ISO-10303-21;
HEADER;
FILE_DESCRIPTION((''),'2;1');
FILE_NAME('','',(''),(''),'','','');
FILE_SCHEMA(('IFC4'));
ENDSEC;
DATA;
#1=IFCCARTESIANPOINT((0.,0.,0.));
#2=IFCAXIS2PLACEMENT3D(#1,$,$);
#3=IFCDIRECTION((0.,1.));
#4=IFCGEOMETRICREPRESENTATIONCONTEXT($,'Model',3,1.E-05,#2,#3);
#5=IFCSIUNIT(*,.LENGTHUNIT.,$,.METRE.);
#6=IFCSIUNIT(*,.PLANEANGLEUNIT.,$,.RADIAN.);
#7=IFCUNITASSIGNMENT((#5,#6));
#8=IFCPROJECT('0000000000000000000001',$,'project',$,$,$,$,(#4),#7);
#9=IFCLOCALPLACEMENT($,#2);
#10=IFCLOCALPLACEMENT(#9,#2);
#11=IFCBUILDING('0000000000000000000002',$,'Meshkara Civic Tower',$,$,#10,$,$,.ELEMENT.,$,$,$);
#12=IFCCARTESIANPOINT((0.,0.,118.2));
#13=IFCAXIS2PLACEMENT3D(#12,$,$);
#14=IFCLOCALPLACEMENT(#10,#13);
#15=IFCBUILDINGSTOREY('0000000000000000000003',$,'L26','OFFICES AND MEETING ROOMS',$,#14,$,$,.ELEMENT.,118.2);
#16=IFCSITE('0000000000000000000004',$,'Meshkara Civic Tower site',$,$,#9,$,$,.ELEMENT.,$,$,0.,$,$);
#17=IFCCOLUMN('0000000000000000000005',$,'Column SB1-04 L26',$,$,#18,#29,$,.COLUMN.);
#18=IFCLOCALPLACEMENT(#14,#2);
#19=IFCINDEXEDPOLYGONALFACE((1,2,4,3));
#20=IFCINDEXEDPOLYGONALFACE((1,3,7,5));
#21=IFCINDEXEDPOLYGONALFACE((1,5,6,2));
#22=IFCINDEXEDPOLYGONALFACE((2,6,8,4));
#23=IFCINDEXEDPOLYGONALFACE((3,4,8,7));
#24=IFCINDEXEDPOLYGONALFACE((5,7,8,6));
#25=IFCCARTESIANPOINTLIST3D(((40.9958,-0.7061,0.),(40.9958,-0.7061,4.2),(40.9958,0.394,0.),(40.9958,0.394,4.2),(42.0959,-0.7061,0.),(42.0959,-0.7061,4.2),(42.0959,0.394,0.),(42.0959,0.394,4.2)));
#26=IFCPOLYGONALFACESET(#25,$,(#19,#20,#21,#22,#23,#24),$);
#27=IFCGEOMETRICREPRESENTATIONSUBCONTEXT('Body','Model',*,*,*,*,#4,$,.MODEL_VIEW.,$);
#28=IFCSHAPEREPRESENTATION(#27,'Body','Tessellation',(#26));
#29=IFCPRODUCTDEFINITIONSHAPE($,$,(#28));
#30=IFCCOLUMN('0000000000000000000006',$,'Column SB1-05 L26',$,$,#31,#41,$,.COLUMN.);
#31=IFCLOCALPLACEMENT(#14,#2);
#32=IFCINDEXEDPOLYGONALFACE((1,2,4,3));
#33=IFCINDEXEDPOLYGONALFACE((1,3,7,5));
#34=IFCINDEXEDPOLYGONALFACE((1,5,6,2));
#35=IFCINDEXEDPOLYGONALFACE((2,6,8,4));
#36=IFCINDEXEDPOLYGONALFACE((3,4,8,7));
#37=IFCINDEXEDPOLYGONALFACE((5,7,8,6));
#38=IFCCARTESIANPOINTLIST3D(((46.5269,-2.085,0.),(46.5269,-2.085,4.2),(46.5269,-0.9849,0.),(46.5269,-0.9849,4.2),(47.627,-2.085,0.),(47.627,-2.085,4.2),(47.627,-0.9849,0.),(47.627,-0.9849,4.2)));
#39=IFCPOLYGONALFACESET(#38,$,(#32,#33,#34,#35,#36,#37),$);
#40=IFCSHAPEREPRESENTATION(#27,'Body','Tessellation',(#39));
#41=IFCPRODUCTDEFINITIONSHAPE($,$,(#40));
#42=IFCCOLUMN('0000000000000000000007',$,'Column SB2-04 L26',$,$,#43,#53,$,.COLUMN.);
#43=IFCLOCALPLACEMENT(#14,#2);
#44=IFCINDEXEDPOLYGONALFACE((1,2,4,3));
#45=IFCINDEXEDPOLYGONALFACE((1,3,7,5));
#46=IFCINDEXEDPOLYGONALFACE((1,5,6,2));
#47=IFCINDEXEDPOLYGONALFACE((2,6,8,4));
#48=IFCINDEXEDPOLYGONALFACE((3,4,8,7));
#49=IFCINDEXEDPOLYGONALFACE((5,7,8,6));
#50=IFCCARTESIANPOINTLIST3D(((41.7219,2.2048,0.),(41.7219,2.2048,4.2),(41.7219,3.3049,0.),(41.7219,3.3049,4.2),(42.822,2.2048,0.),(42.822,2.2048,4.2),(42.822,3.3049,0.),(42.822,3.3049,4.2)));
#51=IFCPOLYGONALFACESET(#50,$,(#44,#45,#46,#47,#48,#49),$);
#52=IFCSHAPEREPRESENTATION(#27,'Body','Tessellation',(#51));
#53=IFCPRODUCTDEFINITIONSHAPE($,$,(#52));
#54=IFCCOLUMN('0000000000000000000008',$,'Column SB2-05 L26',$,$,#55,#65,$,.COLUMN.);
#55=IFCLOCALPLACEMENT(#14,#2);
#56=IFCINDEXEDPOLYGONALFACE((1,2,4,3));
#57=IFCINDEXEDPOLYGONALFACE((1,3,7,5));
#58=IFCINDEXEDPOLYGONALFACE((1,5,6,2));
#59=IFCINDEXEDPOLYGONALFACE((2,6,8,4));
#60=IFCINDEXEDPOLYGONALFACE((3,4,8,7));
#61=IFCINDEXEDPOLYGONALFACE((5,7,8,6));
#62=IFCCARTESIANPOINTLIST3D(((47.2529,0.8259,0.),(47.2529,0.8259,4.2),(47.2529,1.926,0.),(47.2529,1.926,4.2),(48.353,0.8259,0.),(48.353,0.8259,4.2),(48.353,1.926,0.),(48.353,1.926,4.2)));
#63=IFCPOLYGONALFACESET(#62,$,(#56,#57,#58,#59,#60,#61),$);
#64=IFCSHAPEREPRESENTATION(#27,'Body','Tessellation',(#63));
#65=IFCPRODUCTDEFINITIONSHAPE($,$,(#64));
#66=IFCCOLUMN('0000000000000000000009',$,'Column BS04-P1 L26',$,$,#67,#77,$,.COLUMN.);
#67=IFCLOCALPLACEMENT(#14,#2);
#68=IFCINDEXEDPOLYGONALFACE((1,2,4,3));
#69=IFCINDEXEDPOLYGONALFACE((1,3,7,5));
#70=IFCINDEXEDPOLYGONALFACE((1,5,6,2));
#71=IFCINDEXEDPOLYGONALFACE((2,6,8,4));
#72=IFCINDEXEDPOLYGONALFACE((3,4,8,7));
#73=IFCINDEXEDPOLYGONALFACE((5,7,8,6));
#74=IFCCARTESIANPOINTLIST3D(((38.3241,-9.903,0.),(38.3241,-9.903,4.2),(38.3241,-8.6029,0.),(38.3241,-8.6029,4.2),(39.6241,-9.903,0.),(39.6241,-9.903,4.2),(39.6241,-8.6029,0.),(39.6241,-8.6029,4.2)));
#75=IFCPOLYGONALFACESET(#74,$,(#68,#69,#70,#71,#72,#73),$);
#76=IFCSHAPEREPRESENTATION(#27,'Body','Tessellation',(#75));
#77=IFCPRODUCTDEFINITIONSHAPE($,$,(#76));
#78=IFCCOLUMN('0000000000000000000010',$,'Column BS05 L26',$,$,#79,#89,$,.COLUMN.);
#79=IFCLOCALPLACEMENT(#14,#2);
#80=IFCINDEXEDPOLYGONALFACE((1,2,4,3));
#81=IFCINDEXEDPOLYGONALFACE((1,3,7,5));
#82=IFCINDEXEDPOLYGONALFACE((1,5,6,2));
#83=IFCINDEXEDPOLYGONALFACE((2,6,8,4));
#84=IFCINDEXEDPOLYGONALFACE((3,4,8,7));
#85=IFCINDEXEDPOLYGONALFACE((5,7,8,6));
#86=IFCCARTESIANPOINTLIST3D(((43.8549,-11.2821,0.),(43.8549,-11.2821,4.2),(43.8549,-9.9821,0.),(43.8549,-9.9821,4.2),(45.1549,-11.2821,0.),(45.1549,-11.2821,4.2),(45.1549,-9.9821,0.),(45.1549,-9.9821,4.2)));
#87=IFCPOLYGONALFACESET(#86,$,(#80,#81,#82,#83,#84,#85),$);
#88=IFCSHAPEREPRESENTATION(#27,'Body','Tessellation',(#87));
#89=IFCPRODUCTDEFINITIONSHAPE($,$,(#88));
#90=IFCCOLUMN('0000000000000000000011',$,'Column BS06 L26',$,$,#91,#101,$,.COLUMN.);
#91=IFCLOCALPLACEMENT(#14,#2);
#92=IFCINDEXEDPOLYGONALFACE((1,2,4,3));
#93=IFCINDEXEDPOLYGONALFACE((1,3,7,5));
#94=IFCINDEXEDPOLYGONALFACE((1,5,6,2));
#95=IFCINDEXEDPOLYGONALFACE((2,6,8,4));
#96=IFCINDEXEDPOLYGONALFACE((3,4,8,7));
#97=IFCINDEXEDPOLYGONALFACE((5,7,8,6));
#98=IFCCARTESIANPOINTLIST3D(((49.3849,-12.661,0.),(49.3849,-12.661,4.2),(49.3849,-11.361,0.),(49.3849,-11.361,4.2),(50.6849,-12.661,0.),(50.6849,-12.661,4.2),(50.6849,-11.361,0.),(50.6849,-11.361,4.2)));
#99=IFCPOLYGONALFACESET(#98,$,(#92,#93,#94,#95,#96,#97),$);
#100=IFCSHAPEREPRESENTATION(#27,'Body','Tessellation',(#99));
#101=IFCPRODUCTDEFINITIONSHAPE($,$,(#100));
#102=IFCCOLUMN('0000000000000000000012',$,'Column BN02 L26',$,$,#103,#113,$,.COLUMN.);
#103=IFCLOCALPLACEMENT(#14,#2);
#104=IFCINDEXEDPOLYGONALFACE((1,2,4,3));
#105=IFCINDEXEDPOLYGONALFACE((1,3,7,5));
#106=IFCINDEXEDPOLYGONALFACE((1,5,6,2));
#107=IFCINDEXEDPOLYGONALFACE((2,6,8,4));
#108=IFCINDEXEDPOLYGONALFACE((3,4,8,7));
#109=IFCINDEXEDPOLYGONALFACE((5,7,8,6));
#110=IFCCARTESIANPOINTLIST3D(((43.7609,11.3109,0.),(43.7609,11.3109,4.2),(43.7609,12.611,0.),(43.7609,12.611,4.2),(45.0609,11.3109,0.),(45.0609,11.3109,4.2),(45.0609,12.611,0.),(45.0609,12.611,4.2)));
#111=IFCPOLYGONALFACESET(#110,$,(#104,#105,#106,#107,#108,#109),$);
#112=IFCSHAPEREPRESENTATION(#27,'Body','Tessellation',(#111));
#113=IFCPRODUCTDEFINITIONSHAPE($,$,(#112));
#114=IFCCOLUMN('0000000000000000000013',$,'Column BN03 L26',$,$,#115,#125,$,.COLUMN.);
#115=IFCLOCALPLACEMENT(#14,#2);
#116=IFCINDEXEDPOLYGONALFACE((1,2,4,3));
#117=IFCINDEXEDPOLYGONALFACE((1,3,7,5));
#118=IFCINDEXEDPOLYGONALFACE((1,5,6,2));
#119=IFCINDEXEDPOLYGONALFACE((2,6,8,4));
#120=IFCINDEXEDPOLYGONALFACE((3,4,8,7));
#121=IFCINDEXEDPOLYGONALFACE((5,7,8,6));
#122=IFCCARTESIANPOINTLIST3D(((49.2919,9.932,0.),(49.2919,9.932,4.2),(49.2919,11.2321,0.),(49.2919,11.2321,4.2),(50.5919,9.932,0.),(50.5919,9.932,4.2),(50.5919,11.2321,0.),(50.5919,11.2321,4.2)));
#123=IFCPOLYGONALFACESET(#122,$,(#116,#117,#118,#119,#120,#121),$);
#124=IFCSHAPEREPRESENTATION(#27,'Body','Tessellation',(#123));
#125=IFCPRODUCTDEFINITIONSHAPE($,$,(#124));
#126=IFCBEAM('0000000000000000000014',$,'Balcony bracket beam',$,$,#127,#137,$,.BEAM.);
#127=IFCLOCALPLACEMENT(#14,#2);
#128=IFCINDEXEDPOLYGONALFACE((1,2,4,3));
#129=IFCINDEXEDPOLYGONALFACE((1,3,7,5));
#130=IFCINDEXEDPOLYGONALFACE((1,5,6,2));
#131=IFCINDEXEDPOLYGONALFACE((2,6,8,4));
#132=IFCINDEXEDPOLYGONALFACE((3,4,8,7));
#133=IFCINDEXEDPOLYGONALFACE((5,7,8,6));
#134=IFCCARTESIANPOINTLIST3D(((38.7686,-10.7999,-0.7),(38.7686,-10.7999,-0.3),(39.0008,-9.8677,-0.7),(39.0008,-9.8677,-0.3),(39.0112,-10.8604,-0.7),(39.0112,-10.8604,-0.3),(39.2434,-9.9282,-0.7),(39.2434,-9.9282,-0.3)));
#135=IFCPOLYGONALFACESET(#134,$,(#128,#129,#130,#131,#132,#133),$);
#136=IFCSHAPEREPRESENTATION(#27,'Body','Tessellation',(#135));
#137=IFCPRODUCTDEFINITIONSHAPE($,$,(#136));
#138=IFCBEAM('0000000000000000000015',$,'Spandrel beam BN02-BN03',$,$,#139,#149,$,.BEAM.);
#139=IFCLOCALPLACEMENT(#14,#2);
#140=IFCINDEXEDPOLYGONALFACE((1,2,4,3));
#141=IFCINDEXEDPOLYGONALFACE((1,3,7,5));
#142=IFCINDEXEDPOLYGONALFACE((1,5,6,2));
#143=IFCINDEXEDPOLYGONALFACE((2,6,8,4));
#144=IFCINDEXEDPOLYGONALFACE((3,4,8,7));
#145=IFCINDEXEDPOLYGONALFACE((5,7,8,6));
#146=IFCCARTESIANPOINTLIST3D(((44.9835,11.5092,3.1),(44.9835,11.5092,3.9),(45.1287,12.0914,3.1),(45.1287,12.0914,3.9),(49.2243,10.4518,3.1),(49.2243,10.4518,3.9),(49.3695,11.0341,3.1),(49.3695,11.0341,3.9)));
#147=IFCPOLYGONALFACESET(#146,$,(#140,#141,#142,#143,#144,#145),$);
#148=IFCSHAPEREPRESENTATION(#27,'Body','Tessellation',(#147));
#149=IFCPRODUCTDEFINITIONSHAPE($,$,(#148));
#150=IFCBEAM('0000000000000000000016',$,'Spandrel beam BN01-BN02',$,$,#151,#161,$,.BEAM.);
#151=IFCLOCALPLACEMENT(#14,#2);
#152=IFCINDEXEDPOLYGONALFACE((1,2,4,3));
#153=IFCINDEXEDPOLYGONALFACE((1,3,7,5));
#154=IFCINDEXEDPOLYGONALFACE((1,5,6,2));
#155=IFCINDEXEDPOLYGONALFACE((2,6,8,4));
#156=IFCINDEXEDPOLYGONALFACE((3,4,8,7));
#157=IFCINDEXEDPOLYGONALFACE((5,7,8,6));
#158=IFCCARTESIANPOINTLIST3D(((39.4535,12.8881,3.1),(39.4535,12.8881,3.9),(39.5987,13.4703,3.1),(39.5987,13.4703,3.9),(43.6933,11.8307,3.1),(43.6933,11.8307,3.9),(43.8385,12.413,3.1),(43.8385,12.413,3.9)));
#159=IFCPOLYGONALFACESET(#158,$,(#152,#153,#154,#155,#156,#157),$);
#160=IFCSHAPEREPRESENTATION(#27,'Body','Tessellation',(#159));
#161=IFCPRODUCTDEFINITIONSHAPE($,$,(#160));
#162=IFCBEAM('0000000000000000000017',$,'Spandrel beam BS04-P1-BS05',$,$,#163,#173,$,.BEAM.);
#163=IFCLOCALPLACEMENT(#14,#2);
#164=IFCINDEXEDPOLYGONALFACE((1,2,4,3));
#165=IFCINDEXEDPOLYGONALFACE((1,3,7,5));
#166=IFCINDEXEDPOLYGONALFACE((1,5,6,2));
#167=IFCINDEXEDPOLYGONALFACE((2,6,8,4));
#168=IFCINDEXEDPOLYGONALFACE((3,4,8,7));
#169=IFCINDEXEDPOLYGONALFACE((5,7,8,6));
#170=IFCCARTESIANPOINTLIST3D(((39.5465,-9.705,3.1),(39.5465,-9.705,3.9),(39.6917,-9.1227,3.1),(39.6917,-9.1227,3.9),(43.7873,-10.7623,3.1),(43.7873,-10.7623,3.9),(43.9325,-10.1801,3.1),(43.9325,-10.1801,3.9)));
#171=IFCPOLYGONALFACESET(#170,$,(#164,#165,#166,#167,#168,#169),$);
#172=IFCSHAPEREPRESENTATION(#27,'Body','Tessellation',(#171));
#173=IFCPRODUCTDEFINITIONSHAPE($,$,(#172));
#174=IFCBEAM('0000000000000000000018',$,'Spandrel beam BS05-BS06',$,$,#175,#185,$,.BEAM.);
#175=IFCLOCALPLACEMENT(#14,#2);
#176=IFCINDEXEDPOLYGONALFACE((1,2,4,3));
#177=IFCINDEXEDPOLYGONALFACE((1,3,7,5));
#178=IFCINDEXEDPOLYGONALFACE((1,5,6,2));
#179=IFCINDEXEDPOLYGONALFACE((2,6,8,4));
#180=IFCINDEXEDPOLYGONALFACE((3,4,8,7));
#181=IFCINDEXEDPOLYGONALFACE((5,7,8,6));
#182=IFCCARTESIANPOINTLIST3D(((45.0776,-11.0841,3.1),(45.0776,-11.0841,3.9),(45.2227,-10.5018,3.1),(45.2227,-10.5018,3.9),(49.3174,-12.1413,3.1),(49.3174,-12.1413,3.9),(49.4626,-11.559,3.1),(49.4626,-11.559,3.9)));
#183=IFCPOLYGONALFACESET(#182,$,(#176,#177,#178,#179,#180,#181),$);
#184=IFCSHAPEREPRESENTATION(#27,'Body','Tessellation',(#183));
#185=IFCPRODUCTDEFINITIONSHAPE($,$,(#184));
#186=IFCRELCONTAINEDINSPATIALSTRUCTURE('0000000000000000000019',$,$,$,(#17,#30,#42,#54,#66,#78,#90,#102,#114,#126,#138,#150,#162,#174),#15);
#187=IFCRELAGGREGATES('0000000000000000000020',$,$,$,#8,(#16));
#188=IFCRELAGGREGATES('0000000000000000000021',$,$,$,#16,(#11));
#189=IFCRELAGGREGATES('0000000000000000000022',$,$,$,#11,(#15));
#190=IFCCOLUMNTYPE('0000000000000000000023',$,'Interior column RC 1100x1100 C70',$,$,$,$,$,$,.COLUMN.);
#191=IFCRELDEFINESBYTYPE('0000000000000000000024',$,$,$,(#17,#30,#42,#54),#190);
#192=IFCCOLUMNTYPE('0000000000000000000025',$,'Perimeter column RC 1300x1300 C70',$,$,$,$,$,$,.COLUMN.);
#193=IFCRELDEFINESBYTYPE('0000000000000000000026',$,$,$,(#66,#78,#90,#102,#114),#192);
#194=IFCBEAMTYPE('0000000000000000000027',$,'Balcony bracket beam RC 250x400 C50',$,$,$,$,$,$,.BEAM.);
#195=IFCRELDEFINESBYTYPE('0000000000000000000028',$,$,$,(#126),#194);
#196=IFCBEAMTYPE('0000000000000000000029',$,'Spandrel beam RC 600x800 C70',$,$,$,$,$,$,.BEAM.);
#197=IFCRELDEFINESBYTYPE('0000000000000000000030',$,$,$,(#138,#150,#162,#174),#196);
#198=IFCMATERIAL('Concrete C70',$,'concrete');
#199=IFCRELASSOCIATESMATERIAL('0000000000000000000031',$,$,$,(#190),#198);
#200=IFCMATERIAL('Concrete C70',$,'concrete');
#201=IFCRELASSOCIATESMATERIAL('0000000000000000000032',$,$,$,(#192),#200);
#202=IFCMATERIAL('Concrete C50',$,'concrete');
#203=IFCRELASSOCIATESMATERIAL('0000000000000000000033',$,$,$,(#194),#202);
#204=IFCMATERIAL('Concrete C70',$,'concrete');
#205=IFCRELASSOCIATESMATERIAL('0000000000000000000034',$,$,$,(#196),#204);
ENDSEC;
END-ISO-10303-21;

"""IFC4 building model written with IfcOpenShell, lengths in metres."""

from ifc_helpers import new_model, si_unit, direction, frame, origin, origin_2d, place, context, subcontext, project, spatial, rectangle, extrude, material, material_profile, profile_set, type_object, element, save


model = new_model("IFC4")

# Units and contexts
model_context = context("Model", 3, precision=1e-05, world=origin(), true_north=direction((0.0, 1.0)))
body_context = subcontext(model_context, "Body", "Model", "MODEL_VIEW")
ifc_project = project(units=[si_unit("LENGTHUNIT", "METRE"), si_unit("PLANEANGLEUNIT", "RADIAN")], contexts=[model_context])

# Site, building, storey
site_placement = place(None, origin())
site = spatial("IfcSite", under=ifc_project, at=site_placement, Name="Meshkara Civic Tower site", CompositionType="ELEMENT", RefElevation=0.0)
building_placement = place(site_placement, origin())
building = spatial("IfcBuilding", under=site, at=building_placement, Name="Meshkara Civic Tower", CompositionType="ELEMENT")
storey_placement = place(building_placement, frame((0.0, 0.0, 118.2)))
storey = spatial("IfcBuildingStorey", under=building, at=storey_placement, Name="L26", Description="OFFICES AND MEETING ROOMS", CompositionType="ELEMENT", Elevation=118.2)

# Columns
ifc_material_1 = material(Name="Concrete C70", Category="concrete")
ifc_material_profile_1 = material_profile(ifc_material_1, rectangle(XDim=1.1001, YDim=1.1001, at=origin_2d()))
ifc_profile_set_1 = profile_set([ifc_material_profile_1], Name="Concrete C70")
column_type_1 = type_object("IfcColumnType", Name="Interior column RC 1100x1100 C70", PredefinedType="COLUMN", material=ifc_profile_set_1)
for number, where, z_axis, x_axis, name in (
    (1, (41.5459, -0.156, 0.0), (0.0, 0.0, 1.0), (1.0, 0.0, 0.0), "Column SB1-04 L26"),
    (2, (47.0769, -1.5349, 0.0), (0.0, 0.0, 1.0), (1.0, 0.0, 0.0), "Column SB1-05 L26"),
    (3, (42.272, 2.7549, 0.0), (0.0, 0.0, 1.0), (1.0, 0.0, 0.0), "Column SB2-04 L26"),
    (4, (47.803, 1.376, 0.0), (0.0, 0.0, 1.0), (1.0, 0.0, 0.0), "Column SB2-05 L26"),
):
    element("IfcColumn", number, at=place(storey_placement, frame(where, z_axis=z_axis, x_axis=x_axis)), inside=storey, type_object=column_type_1, Name=name, PredefinedType="COLUMN", context=body_context, shape_type="SweptSolid", body=[
        extrude(rectangle(XDim=1.1001, YDim=1.1001, at=origin_2d()), origin(), (0.0, 0.0, 1.0), 4.2),
    ])
ifc_material_2 = material(Name="Concrete C70", Category="concrete")
ifc_material_profile_2 = material_profile(ifc_material_2, rectangle(XDim=1.3, YDim=1.3, at=origin_2d()))
ifc_profile_set_2 = profile_set([ifc_material_profile_2], Name="Concrete C70")
column_type_2 = type_object("IfcColumnType", Name="Perimeter column RC 1300x1300 C70", PredefinedType="COLUMN", material=ifc_profile_set_2)
for number, where, z_axis, x_axis, name in (
    (5, (38.9741, -9.2529, 0.0), (0.0, 0.0, 1.0), (1.0, 0.0, 0.0), "Column BS04-P1 L26"),
    (6, (44.5049, -10.6321, 0.0), (0.0, 0.0, 1.0), (1.0, 0.0, 0.0), "Column BS05 L26"),
    (7, (50.0349, -12.011, 0.0), (0.0, 0.0, 1.0), (1.0, 0.0, 0.0), "Column BS06 L26"),
    (8, (44.4109, 11.9609, 0.0), (0.0, 0.0, 1.0), (1.0, 0.0, 0.0), "Column BN02 L26"),
    (9, (49.9419, 10.582, 0.0), (0.0, 0.0, 1.0), (1.0, 0.0, 0.0), "Column BN03 L26"),
):
    element("IfcColumn", number, at=place(storey_placement, frame(where, z_axis=z_axis, x_axis=x_axis)), inside=storey, type_object=column_type_2, Name=name, PredefinedType="COLUMN", context=body_context, shape_type="SweptSolid", body=[
        extrude(rectangle(XDim=1.3, YDim=1.3, at=origin_2d()), origin(), (0.0, 0.0, 1.0), 4.2),
    ])

# Beams
ifc_material_3 = material(Name="Concrete C50", Category="concrete")
ifc_material_profile_3 = material_profile(ifc_material_3, rectangle(XDim=0.25, YDim=0.3999, at=origin_2d()))
ifc_profile_set_3 = profile_set([ifc_material_profile_3], Name="Concrete C50")
beam_type_1 = type_object("IfcBeamType", Name="Balcony bracket beam RC 250x400 C50", PredefinedType="BEAM", material=ifc_profile_set_3)
beam_1_placement = place(storey_placement, frame((39.1221, -9.8979, -0.5), z_axis=(-0.241698, -0.970351, 0.0), x_axis=(0.970351, -0.241698, 0.0)))
element("IfcBeam", 10, at=beam_1_placement, inside=storey, type_object=beam_type_1, Name="Balcony bracket beam", PredefinedType="BEAM", context=body_context, shape_type="SweptSolid", body=[
    extrude(rectangle(XDim=0.25, YDim=0.3999, at=origin_2d()), origin(), (0.0, 0.0, 1.0), 0.9607),
])
ifc_material_4 = material(Name="Concrete C70", Category="concrete")
ifc_material_profile_4 = material_profile(ifc_material_4, rectangle(XDim=0.6001, YDim=0.8, at=origin_2d()))
ifc_profile_set_4 = profile_set([ifc_material_profile_4], Name="Concrete C70")
beam_type_2 = type_object("IfcBeamType", Name="Spandrel beam RC 600x800 C70", PredefinedType="BEAM", material=ifc_profile_set_4)
beam_2_placement = place(storey_placement, frame((49.2969, 10.7429, 3.5), z_axis=(-0.970293, 0.241931, 0.0), x_axis=(-0.241931, -0.970293, 0.0)))
element("IfcBeam", 11, at=beam_2_placement, inside=storey, type_object=beam_type_2, Name="Spandrel beam BN02-BN03", PredefinedType="BEAM", context=body_context, shape_type="SweptSolid", body=[
    extrude(rectangle(XDim=0.6001, YDim=0.8, at=origin_2d()), origin(), (0.0, 0.0, 1.0), 4.3706),
])
beam_3_placement = place(storey_placement, frame((43.7659, 12.1218, 3.5), z_axis=(-0.97028, 0.241983, 0.0), x_axis=(-0.241983, -0.97028, 0.0)))
element("IfcBeam", 12, at=beam_3_placement, inside=storey, type_object=beam_type_2, Name="Spandrel beam BN01-BN02", PredefinedType="BEAM", context=body_context, shape_type="SweptSolid", body=[
    extrude(rectangle(XDim=0.6001, YDim=0.8, at=origin_2d()), origin(), (0.0, 0.0, 1.0), 4.3696),
])
beam_4_placement = place(storey_placement, frame((39.6191, -9.4138, 3.5), z_axis=(0.970293, -0.241931, 0.0), x_axis=(0.241931, 0.970293, 0.0)))
element("IfcBeam", 13, at=beam_4_placement, inside=storey, type_object=beam_type_2, Name="Spandrel beam BS04-P1-BS05", PredefinedType="BEAM", context=body_context, shape_type="SweptSolid", body=[
    extrude(rectangle(XDim=0.6001, YDim=0.8, at=origin_2d()), origin(), (0.0, 0.0, 1.0), 4.3706),
])
beam_5_placement = place(storey_placement, frame((45.1501, -10.793, 3.5), z_axis=(0.970293, -0.241931, 0.0), x_axis=(0.241931, 0.970293, 0.0)))
element("IfcBeam", 14, at=beam_5_placement, inside=storey, type_object=beam_type_2, Name="Spandrel beam BS05-BS06", PredefinedType="BEAM", context=body_context, shape_type="SweptSolid", body=[
    extrude(rectangle(XDim=0.6001, YDim=0.8, at=origin_2d()), origin(), (0.0, 0.0, 1.0), 4.3696),
])

save(model, "model.ifc")
